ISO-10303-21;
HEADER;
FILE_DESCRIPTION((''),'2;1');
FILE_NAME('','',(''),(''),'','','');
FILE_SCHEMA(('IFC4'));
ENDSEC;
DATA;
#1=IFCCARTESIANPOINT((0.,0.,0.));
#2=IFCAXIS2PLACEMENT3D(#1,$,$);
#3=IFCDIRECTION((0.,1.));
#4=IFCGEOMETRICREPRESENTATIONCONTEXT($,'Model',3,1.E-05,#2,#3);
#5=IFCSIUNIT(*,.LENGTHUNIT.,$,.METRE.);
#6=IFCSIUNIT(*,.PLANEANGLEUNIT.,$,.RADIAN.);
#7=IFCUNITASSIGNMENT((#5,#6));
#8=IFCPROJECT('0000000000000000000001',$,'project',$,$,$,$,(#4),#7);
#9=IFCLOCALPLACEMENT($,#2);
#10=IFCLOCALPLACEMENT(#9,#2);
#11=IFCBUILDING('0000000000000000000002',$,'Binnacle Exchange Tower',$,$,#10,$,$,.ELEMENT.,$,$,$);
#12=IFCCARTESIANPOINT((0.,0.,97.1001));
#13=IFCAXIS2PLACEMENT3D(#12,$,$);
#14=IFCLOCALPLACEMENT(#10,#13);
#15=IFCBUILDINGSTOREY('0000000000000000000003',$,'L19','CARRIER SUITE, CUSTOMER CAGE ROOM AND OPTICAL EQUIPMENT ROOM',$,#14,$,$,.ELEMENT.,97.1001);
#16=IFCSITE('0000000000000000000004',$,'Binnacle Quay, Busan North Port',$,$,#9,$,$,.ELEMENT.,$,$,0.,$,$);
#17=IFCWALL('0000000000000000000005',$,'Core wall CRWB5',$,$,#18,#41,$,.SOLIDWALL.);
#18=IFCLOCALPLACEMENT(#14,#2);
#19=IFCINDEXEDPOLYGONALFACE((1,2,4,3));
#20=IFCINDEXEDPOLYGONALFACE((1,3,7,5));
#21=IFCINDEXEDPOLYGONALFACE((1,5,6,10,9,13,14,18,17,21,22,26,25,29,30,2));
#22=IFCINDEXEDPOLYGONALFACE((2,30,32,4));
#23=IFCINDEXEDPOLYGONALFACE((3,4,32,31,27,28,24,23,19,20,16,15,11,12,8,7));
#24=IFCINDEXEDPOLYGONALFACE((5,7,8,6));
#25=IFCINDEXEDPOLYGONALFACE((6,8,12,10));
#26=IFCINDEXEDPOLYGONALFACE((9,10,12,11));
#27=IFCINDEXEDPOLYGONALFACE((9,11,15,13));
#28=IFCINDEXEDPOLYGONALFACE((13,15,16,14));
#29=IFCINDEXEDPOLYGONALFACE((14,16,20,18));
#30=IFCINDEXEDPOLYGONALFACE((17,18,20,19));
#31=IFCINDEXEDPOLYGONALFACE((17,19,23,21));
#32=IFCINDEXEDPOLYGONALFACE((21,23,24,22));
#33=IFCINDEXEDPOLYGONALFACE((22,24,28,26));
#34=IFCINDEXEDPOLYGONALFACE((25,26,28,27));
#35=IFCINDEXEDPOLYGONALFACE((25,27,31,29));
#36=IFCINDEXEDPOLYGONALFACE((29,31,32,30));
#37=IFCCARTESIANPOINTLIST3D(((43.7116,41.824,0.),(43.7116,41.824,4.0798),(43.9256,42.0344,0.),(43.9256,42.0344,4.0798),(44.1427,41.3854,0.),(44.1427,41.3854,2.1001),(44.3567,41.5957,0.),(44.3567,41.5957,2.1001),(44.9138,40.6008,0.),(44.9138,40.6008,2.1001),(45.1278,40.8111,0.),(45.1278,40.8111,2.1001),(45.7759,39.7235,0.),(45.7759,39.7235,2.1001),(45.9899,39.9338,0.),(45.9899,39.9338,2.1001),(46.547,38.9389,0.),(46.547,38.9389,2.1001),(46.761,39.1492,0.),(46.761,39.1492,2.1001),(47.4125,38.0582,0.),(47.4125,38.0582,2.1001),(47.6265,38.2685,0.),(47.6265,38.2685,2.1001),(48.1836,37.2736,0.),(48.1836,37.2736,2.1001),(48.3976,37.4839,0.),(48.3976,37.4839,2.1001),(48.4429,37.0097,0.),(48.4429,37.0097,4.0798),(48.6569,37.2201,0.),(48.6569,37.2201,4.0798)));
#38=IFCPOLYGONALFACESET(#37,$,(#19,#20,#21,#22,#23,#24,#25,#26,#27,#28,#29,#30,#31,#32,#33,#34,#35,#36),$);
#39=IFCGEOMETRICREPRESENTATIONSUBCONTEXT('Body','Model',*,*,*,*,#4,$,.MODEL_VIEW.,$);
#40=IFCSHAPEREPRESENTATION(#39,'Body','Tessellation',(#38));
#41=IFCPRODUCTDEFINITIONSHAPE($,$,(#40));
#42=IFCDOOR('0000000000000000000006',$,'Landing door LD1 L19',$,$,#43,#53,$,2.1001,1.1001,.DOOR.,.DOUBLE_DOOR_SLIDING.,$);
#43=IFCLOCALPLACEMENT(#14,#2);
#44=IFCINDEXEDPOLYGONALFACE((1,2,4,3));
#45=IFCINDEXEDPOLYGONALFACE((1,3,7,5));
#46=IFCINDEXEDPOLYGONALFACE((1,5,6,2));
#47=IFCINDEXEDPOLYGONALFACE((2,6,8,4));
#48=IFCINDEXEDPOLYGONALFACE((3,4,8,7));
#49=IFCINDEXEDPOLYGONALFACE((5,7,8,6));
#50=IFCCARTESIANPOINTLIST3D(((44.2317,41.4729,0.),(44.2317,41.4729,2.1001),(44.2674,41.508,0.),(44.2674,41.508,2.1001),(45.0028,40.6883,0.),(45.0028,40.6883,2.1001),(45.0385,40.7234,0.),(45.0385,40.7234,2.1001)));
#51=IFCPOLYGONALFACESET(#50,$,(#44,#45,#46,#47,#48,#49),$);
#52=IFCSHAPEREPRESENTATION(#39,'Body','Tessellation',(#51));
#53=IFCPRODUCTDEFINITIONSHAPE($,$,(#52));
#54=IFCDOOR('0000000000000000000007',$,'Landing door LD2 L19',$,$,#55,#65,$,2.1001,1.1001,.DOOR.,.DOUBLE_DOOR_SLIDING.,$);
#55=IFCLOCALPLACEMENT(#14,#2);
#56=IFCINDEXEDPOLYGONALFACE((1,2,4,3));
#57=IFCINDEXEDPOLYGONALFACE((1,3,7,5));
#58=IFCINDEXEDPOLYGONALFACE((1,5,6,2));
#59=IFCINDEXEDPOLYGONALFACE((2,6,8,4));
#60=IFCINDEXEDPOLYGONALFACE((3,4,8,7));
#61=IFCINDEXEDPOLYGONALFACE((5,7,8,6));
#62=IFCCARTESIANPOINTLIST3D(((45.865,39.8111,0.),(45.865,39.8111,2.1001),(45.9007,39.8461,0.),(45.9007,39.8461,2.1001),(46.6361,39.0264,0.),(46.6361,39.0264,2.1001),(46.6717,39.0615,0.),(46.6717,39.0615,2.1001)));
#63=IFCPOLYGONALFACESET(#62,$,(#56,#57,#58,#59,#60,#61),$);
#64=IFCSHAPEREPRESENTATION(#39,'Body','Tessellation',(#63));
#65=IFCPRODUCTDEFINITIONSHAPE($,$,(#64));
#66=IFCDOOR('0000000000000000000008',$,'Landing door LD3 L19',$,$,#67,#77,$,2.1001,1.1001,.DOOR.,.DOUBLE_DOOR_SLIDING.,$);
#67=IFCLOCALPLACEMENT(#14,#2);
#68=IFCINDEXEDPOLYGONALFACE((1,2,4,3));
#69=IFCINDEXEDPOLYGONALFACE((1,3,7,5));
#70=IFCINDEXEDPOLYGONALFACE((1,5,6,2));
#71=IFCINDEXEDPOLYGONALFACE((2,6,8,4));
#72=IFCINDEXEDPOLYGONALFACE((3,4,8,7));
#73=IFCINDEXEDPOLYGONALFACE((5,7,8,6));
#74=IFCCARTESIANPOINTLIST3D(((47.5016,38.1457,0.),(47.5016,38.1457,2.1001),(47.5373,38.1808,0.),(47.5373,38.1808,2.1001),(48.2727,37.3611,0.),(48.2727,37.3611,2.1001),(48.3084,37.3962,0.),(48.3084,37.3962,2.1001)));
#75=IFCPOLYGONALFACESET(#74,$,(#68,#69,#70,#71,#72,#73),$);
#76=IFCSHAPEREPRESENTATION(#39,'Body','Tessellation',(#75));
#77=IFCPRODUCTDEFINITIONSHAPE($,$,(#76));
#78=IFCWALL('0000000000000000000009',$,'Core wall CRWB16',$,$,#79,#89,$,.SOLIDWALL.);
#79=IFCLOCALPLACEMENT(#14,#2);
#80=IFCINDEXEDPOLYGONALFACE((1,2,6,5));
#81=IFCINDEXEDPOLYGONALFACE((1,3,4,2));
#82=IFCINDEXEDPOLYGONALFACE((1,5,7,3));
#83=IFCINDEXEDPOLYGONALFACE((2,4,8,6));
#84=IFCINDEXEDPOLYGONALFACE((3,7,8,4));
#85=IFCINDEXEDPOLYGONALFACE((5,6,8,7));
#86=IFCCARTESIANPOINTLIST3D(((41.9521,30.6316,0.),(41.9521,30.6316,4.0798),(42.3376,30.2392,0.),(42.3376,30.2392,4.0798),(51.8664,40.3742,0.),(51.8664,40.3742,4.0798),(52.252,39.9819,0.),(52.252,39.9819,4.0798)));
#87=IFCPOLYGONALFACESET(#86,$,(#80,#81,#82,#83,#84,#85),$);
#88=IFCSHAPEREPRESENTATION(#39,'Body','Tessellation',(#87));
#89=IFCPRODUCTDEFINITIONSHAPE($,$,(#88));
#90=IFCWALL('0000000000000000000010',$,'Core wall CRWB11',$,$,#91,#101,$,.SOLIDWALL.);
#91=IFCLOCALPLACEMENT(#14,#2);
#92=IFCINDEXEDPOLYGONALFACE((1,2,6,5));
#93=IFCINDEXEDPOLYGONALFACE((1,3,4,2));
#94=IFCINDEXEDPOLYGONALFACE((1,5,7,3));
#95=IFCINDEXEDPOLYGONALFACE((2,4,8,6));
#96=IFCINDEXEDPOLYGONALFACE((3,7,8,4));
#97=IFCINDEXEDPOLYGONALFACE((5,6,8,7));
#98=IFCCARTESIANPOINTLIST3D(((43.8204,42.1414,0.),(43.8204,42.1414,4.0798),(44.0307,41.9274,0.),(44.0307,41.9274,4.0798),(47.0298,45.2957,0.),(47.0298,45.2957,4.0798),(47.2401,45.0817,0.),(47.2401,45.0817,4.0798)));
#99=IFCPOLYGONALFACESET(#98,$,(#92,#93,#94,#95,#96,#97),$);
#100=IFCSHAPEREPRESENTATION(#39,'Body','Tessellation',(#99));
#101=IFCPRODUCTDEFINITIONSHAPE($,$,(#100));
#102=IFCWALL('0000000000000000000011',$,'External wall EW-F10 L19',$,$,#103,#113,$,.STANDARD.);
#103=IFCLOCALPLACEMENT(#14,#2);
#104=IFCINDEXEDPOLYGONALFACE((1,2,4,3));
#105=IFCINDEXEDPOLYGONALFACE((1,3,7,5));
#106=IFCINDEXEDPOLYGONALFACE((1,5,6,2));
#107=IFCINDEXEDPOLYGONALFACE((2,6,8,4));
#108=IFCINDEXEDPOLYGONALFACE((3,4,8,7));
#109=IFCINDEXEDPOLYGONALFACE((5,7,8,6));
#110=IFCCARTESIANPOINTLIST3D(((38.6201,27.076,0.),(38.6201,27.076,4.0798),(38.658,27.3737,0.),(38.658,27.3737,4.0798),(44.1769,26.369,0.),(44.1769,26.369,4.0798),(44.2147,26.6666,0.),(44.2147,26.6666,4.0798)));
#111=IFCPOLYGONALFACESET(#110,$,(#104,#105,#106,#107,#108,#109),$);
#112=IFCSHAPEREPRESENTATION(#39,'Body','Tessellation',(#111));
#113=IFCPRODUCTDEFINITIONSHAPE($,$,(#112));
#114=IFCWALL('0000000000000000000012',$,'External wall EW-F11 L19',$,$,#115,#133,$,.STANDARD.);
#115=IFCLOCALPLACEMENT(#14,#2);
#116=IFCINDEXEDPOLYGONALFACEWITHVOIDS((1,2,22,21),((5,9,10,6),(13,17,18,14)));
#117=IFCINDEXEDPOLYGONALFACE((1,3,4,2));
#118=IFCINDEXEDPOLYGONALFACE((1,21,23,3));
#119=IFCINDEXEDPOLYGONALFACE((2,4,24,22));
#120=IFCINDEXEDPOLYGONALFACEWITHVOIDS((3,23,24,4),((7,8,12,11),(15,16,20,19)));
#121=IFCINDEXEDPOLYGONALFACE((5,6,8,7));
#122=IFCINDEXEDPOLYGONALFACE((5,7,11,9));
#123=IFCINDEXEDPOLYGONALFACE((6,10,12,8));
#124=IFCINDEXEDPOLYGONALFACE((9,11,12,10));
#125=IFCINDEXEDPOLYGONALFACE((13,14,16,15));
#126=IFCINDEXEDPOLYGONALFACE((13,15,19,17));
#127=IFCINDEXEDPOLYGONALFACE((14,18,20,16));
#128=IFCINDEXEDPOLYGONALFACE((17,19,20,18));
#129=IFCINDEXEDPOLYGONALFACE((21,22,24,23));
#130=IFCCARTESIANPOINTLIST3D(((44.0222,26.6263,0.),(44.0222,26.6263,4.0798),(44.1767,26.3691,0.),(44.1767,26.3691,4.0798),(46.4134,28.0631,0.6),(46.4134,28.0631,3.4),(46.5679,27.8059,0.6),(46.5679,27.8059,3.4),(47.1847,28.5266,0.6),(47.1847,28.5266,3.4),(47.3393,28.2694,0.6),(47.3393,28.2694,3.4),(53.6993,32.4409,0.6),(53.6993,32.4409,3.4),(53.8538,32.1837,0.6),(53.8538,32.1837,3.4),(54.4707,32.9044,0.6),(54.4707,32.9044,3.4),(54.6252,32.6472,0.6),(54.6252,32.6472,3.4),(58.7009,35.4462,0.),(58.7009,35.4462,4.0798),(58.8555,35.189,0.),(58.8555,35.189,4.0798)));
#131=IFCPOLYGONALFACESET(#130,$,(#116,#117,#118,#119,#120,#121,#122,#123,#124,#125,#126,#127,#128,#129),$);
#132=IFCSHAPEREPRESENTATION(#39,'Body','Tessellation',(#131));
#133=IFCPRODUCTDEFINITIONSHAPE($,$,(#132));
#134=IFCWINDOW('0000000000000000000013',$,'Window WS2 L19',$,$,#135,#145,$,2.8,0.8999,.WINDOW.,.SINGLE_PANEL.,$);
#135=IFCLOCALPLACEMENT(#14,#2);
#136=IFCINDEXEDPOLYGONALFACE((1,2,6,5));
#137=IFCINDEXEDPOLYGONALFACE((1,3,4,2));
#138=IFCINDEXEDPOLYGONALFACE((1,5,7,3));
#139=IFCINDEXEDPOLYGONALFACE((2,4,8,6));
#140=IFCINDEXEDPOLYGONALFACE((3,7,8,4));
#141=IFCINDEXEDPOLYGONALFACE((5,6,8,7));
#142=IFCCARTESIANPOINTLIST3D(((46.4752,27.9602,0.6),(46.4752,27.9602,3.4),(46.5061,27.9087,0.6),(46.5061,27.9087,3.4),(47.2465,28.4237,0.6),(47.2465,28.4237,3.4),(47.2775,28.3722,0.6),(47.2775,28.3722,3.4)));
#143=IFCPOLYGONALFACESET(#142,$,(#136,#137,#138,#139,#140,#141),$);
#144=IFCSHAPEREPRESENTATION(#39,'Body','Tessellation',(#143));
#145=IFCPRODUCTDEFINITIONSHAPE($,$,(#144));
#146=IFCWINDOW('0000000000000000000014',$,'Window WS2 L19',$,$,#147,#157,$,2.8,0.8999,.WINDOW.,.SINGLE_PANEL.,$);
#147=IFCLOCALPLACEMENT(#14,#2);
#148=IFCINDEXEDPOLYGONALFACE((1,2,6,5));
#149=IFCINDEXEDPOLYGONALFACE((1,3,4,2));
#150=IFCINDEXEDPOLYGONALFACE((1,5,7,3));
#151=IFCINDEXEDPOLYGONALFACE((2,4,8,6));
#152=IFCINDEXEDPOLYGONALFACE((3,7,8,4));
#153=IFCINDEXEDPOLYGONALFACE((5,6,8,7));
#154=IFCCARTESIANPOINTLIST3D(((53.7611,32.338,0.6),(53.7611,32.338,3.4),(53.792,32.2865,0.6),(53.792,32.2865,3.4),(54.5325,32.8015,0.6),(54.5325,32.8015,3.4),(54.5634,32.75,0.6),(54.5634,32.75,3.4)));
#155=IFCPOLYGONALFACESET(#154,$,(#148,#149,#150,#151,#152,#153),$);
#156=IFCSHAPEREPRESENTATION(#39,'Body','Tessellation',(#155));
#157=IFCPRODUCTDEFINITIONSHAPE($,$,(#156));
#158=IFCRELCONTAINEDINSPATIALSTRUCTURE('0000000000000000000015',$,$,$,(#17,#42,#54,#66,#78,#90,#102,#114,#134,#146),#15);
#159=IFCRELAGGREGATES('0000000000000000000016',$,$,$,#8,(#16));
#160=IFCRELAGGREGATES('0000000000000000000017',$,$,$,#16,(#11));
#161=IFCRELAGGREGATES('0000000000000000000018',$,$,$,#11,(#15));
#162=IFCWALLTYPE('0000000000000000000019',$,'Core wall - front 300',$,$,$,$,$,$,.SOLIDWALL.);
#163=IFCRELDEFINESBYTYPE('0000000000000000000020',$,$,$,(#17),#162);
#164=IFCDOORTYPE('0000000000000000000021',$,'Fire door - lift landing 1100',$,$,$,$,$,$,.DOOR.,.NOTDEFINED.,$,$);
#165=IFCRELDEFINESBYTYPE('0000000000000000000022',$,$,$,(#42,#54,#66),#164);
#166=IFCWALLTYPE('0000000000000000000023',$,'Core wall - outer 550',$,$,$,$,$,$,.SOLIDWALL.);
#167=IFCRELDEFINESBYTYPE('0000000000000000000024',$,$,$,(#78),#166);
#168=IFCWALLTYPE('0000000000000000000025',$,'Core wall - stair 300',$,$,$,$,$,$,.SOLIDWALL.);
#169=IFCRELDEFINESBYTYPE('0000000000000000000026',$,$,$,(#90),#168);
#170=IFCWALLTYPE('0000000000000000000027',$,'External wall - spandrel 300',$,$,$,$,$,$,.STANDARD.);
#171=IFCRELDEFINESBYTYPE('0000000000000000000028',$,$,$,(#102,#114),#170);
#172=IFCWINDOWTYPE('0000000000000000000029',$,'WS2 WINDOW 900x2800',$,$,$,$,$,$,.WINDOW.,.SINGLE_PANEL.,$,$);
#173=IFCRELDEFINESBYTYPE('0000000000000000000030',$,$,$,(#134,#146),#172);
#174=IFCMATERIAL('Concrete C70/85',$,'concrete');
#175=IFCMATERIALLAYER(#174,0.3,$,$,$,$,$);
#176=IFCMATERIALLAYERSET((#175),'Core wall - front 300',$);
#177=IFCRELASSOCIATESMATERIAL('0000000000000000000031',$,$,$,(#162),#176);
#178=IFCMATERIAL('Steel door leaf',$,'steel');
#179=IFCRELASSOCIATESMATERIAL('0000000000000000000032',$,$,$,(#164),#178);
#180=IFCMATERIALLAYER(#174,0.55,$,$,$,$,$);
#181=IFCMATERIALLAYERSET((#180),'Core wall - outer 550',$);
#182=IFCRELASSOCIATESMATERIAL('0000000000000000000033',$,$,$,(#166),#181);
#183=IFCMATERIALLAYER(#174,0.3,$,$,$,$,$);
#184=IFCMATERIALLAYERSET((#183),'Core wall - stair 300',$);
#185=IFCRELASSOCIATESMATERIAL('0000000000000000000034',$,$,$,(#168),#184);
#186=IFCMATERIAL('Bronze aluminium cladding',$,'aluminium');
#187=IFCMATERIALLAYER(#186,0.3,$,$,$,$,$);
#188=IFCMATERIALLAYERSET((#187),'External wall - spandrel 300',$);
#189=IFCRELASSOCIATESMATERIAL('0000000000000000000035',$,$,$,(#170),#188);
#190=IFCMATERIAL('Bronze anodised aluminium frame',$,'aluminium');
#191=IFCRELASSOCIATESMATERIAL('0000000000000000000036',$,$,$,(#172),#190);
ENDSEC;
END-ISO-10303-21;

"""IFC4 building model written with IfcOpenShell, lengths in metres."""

from ifc_helpers import new_model, si_unit, direction, frame, frame_2d, origin, place, context, subcontext, project, spatial, rectangle, extrude, material, layer, layer_set, type_object, element, fill, save


model = new_model("IFC4")

# Units and contexts
model_context = context("Model", 3, precision=1e-05, world=origin(), true_north=direction((0.0, 1.0)))
body_context = subcontext(model_context, "Body", "Model", "MODEL_VIEW")
ifc_project = project(units=[si_unit("LENGTHUNIT", "METRE"), si_unit("PLANEANGLEUNIT", "RADIAN")], contexts=[model_context])

# Site, building, storey
site_placement = place(None, origin())
site = spatial("IfcSite", under=ifc_project, at=site_placement, Name="Binnacle Quay, Busan North Port", CompositionType="ELEMENT", RefElevation=0.0)
building_placement = place(site_placement, origin())
building = spatial("IfcBuilding", under=site, at=building_placement, Name="Binnacle Exchange Tower", CompositionType="ELEMENT")
storey_placement = place(building_placement, frame((0.0, 0.0, 97.1001)))
storey = spatial("IfcBuildingStorey", under=building, at=storey_placement, Name="L19", Description="CARRIER SUITE, CUSTOMER CAGE ROOM AND OPTICAL EQUIPMENT ROOM", CompositionType="ELEMENT", Elevation=97.1001)

# Shared definitions
ifc_material_1 = material(Name="Concrete C70/85", Category="concrete")

# Wall, openings, doors
ifc_layer_1 = layer(ifc_material_1, 0.3)
ifc_layer_set_1 = layer_set([ifc_layer_1], Name="Core wall - front 300")
wall_type_1 = type_object("IfcWallType", Name="Core wall - front 300", PredefinedType="SOLIDWALL", material=ifc_layer_set_1)
wall_1_placement = place(storey_placement, frame((43.8186, 41.9292, 0.0), z_axis=(0.0, 0.0, 1.0), x_axis=(0.700931, -0.713229, 0.0)))
wall_1 = element("IfcWall", 1, at=wall_1_placement, inside=storey, type_object=wall_type_1, Name="Core wall CRWB5", PredefinedType="SOLIDWALL", context=body_context, shape_type="SweptSolid", body=[
    extrude(rectangle(XDim=6.75, YDim=0.3, at=frame_2d((3.375, 0.0))), origin(), (0.0, 0.0, 1.0), 4.0798),
])
opening_1_placement = place(wall_1_placement, frame((0.615, 0.0, 0.0)))
opening_1 = element("IfcOpeningElement", 2, at=opening_1_placement, cuts=wall_1, PredefinedType="OPENING", context=body_context, shape_type="SweptSolid", body=[
    extrude(rectangle(XDim=1.1001, YDim=2.1001, at=frame_2d((0.55, 1.05))), frame((0.0, 0.1599, 0.0), z_axis=(0.0, -1.0, 0.0), x_axis=(1.0, 0.0, 0.0)), (0.0, 0.0, 1.0), 0.3201),
])
opening_2_placement = place(wall_1_placement, frame((2.9451, 0.0, 0.0)))
opening_2 = element("IfcOpeningElement", 3, at=opening_2_placement, cuts=wall_1, PredefinedType="OPENING", context=body_context, shape_type="SweptSolid", body=[
    extrude(rectangle(XDim=1.1001, YDim=2.1001, at=frame_2d((0.55, 1.05))), frame((0.0, 0.1599, 0.0), z_axis=(0.0, -1.0, 0.0), x_axis=(1.0, 0.0, 0.0)), (0.0, 0.0, 1.0), 0.3201),
])
opening_3_placement = place(wall_1_placement, frame((5.28, 0.0, 0.0)))
opening_3 = element("IfcOpeningElement", 4, at=opening_3_placement, cuts=wall_1, PredefinedType="OPENING", context=body_context, shape_type="SweptSolid", body=[
    extrude(rectangle(XDim=1.1001, YDim=2.1001, at=frame_2d((0.55, 1.05))), frame((0.0, 0.1599, 0.0), z_axis=(0.0, -1.0, 0.0), x_axis=(1.0, 0.0, 0.0)), (0.0, 0.0, 1.0), 0.3201),
])
ifc_material_2 = material(Name="Steel door leaf", Category="steel")
door_type_1 = type_object("IfcDoorType", Name="Fire door - lift landing 1100", OperationType="NOTDEFINED", PredefinedType="DOOR", material=ifc_material_2)
door_1_placement = place(opening_1_placement, origin())
door_1 = element("IfcDoor", 5, at=door_1_placement, inside=storey, type_object=door_type_1, Name="Landing door LD1 L19", OperationType="DOUBLE_DOOR_SLIDING", OverallHeight=2.1001, OverallWidth=1.1001, PredefinedType="DOOR", context=body_context, shape_type="SweptSolid", body=[
    extrude(rectangle(XDim=1.1001, YDim=2.1001, at=frame_2d((0.55, 1.05))), frame((0.0, 0.0249, 0.0), z_axis=(0.0, -1.0, 0.0), x_axis=(1.0, 0.0, 0.0)), (0.0, 0.0, 1.0), 0.05),
])
fill(opening_1, door_1)
door_2_placement = place(opening_2_placement, origin())
door_2 = element("IfcDoor", 6, at=door_2_placement, inside=storey, type_object=door_type_1, Name="Landing door LD2 L19", OperationType="DOUBLE_DOOR_SLIDING", OverallHeight=2.1001, OverallWidth=1.1001, PredefinedType="DOOR", context=body_context, shape_type="SweptSolid", body=[
    extrude(rectangle(XDim=1.1001, YDim=2.1001, at=frame_2d((0.55, 1.05))), frame((0.0, 0.0249, 0.0), z_axis=(0.0, -1.0, 0.0), x_axis=(1.0, 0.0, 0.0)), (0.0, 0.0, 1.0), 0.05),
])
fill(opening_2, door_2)
door_3_placement = place(opening_3_placement, origin())
door_3 = element("IfcDoor", 7, at=door_3_placement, inside=storey, type_object=door_type_1, Name="Landing door LD3 L19", OperationType="DOUBLE_DOOR_SLIDING", OverallHeight=2.1001, OverallWidth=1.1001, PredefinedType="DOOR", context=body_context, shape_type="SweptSolid", body=[
    extrude(rectangle(XDim=1.1001, YDim=2.1001, at=frame_2d((0.55, 1.05))), frame((0.0, 0.0249, 0.0), z_axis=(0.0, -1.0, 0.0), x_axis=(1.0, 0.0, 0.0)), (0.0, 0.0, 1.0), 0.05),
])
fill(opening_3, door_3)

# Walls
ifc_layer_2 = layer(ifc_material_1, 0.55)
ifc_layer_set_2 = layer_set([ifc_layer_2], Name="Core wall - outer 550")
wall_type_2 = type_object("IfcWallType", Name="Core wall - outer 550", PredefinedType="SOLIDWALL", material=ifc_layer_set_2)
wall_2_placement = place(storey_placement, frame((42.1448, 30.4353, 0.0), z_axis=(0.0, 0.0, 1.0), x_axis=(0.713254, 0.700906, 0.0)))
element("IfcWall", 8, at=wall_2_placement, inside=storey, type_object=wall_type_2, Name="Core wall CRWB16", PredefinedType="SOLIDWALL", context=body_context, shape_type="SweptSolid", body=[
    extrude(rectangle(XDim=13.9001, YDim=0.55, at=frame_2d((6.9502, 0.0))), origin(), (0.0, 0.0, 1.0), 4.0798),
])
ifc_layer_3 = layer(ifc_material_1, 0.3)
ifc_layer_set_3 = layer_set([ifc_layer_3], Name="Core wall - stair 300")
wall_type_3 = type_object("IfcWallType", Name="Core wall - stair 300", PredefinedType="SOLIDWALL", material=ifc_layer_set_3)
wall_3_placement = place(storey_placement, frame((43.9255, 42.0344, 0.0), z_axis=(0.0, 0.0, 1.0), x_axis=(0.713211, 0.70095, 0.0)))
element("IfcWall", 9, at=wall_3_placement, inside=storey, type_object=wall_type_3, Name="Core wall CRWB11", PredefinedType="SOLIDWALL", context=body_context, shape_type="SweptSolid", body=[
    extrude(rectangle(XDim=4.5, YDim=0.3, at=frame_2d((2.25, 0.0))), origin(), (0.0, 0.0, 1.0), 4.0798),
])
ifc_material_3 = material(Name="Bronze aluminium cladding", Category="aluminium")
ifc_layer_4 = layer(ifc_material_3, 0.3)
ifc_layer_set_4 = layer_set([ifc_layer_4], Name="External wall - spandrel 300")
wall_type_4 = type_object("IfcWallType", Name="External wall - spandrel 300", PredefinedType="STANDARD", material=ifc_layer_set_4)
wall_4_placement = place(storey_placement, frame((44.1958, 26.5178, 0.0), z_axis=(0.0, 0.0, 1.0), x_axis=(-0.992002, 0.126223, 0.0)))
element("IfcWall", 10, at=wall_4_placement, inside=storey, type_object=wall_type_4, Name="External wall EW-F10 L19", PredefinedType="STANDARD", context=body_context, shape_type="SweptSolid", body=[
    extrude(rectangle(XDim=5.6016, YDim=0.3, at=frame_2d((2.8008, 0.0))), origin(), (0.0, 0.0, 1.0), 4.0798),
])

# Wall, openings, windows
wall_5_placement = place(storey_placement, frame((58.7783, 35.3176, 0.0), z_axis=(0.0, 0.0, 1.0), x_axis=(-0.857168, -0.515037, 0.0)))
wall_5 = element("IfcWall", 11, at=wall_5_placement, inside=storey, type_object=wall_type_4, Name="External wall EW-F11 L19", PredefinedType="STANDARD", context=body_context, shape_type="SweptSolid", body=[
    extrude(rectangle(XDim=17.1248, YDim=0.3, at=frame_2d((8.5625, 0.0))), origin(), (0.0, 0.0, 1.0), 4.0798),
])
opening_4_placement = place(wall_5_placement, frame((13.4353, 0.0, 0.6001)))
opening_4 = element("IfcOpeningElement", 12, at=opening_4_placement, cuts=wall_5, PredefinedType="OPENING", context=body_context, shape_type="SweptSolid", body=[
    extrude(rectangle(XDim=0.8999, YDim=2.8, at=frame_2d((0.45, 1.3999))), frame((0.0, 0.1599, 0.0), z_axis=(0.0, -1.0, 0.0), x_axis=(1.0, 0.0, 0.0)), (0.0, 0.0, 1.0), 0.3201),
])
opening_5_placement = place(wall_5_placement, frame((4.9353, 0.0, 0.6001)))
opening_5 = element("IfcOpeningElement", 13, at=opening_5_placement, cuts=wall_5, PredefinedType="OPENING", context=body_context, shape_type="SweptSolid", body=[
    extrude(rectangle(XDim=0.8999, YDim=2.8, at=frame_2d((0.45, 1.3999))), frame((0.0, 0.1599, 0.0), z_axis=(0.0, -1.0, 0.0), x_axis=(1.0, 0.0, 0.0)), (0.0, 0.0, 1.0), 0.3201),
])
ifc_material_4 = material(Name="Bronze anodised aluminium frame", Category="aluminium")
window_type = type_object("IfcWindowType", Name="WS2 WINDOW 900x2800", PartitioningType="SINGLE_PANEL", PredefinedType="WINDOW", material=ifc_material_4)
window_1_placement = place(opening_4_placement, origin())
window_1 = element("IfcWindow", 14, at=window_1_placement, inside=storey, type_object=window_type, Name="Window WS2 L19", OverallHeight=2.8, OverallWidth=0.8999, PartitioningType="SINGLE_PANEL", PredefinedType="WINDOW", context=body_context, shape_type="SweptSolid", body=[
    extrude(rectangle(XDim=0.8999, YDim=2.8, at=frame_2d((0.45, 1.3999))), frame((0.0, 0.03, 0.0), z_axis=(0.0, -1.0, 0.0), x_axis=(1.0, 0.0, 0.0)), (0.0, 0.0, 1.0), 0.0601),
])
fill(opening_4, window_1)
window_2_placement = place(opening_5_placement, origin())
window_2 = element("IfcWindow", 15, at=window_2_placement, inside=storey, type_object=window_type, Name="Window WS2 L19", OverallHeight=2.8, OverallWidth=0.8999, PartitioningType="SINGLE_PANEL", PredefinedType="WINDOW", context=body_context, shape_type="SweptSolid", body=[
    extrude(rectangle(XDim=0.8999, YDim=2.8, at=frame_2d((0.45, 1.3999))), frame((0.0, 0.03, 0.0), z_axis=(0.0, -1.0, 0.0), x_axis=(1.0, 0.0, 0.0)), (0.0, 0.0, 1.0), 0.0601),
])
fill(opening_5, window_2)

save(model, "model.ifc")
